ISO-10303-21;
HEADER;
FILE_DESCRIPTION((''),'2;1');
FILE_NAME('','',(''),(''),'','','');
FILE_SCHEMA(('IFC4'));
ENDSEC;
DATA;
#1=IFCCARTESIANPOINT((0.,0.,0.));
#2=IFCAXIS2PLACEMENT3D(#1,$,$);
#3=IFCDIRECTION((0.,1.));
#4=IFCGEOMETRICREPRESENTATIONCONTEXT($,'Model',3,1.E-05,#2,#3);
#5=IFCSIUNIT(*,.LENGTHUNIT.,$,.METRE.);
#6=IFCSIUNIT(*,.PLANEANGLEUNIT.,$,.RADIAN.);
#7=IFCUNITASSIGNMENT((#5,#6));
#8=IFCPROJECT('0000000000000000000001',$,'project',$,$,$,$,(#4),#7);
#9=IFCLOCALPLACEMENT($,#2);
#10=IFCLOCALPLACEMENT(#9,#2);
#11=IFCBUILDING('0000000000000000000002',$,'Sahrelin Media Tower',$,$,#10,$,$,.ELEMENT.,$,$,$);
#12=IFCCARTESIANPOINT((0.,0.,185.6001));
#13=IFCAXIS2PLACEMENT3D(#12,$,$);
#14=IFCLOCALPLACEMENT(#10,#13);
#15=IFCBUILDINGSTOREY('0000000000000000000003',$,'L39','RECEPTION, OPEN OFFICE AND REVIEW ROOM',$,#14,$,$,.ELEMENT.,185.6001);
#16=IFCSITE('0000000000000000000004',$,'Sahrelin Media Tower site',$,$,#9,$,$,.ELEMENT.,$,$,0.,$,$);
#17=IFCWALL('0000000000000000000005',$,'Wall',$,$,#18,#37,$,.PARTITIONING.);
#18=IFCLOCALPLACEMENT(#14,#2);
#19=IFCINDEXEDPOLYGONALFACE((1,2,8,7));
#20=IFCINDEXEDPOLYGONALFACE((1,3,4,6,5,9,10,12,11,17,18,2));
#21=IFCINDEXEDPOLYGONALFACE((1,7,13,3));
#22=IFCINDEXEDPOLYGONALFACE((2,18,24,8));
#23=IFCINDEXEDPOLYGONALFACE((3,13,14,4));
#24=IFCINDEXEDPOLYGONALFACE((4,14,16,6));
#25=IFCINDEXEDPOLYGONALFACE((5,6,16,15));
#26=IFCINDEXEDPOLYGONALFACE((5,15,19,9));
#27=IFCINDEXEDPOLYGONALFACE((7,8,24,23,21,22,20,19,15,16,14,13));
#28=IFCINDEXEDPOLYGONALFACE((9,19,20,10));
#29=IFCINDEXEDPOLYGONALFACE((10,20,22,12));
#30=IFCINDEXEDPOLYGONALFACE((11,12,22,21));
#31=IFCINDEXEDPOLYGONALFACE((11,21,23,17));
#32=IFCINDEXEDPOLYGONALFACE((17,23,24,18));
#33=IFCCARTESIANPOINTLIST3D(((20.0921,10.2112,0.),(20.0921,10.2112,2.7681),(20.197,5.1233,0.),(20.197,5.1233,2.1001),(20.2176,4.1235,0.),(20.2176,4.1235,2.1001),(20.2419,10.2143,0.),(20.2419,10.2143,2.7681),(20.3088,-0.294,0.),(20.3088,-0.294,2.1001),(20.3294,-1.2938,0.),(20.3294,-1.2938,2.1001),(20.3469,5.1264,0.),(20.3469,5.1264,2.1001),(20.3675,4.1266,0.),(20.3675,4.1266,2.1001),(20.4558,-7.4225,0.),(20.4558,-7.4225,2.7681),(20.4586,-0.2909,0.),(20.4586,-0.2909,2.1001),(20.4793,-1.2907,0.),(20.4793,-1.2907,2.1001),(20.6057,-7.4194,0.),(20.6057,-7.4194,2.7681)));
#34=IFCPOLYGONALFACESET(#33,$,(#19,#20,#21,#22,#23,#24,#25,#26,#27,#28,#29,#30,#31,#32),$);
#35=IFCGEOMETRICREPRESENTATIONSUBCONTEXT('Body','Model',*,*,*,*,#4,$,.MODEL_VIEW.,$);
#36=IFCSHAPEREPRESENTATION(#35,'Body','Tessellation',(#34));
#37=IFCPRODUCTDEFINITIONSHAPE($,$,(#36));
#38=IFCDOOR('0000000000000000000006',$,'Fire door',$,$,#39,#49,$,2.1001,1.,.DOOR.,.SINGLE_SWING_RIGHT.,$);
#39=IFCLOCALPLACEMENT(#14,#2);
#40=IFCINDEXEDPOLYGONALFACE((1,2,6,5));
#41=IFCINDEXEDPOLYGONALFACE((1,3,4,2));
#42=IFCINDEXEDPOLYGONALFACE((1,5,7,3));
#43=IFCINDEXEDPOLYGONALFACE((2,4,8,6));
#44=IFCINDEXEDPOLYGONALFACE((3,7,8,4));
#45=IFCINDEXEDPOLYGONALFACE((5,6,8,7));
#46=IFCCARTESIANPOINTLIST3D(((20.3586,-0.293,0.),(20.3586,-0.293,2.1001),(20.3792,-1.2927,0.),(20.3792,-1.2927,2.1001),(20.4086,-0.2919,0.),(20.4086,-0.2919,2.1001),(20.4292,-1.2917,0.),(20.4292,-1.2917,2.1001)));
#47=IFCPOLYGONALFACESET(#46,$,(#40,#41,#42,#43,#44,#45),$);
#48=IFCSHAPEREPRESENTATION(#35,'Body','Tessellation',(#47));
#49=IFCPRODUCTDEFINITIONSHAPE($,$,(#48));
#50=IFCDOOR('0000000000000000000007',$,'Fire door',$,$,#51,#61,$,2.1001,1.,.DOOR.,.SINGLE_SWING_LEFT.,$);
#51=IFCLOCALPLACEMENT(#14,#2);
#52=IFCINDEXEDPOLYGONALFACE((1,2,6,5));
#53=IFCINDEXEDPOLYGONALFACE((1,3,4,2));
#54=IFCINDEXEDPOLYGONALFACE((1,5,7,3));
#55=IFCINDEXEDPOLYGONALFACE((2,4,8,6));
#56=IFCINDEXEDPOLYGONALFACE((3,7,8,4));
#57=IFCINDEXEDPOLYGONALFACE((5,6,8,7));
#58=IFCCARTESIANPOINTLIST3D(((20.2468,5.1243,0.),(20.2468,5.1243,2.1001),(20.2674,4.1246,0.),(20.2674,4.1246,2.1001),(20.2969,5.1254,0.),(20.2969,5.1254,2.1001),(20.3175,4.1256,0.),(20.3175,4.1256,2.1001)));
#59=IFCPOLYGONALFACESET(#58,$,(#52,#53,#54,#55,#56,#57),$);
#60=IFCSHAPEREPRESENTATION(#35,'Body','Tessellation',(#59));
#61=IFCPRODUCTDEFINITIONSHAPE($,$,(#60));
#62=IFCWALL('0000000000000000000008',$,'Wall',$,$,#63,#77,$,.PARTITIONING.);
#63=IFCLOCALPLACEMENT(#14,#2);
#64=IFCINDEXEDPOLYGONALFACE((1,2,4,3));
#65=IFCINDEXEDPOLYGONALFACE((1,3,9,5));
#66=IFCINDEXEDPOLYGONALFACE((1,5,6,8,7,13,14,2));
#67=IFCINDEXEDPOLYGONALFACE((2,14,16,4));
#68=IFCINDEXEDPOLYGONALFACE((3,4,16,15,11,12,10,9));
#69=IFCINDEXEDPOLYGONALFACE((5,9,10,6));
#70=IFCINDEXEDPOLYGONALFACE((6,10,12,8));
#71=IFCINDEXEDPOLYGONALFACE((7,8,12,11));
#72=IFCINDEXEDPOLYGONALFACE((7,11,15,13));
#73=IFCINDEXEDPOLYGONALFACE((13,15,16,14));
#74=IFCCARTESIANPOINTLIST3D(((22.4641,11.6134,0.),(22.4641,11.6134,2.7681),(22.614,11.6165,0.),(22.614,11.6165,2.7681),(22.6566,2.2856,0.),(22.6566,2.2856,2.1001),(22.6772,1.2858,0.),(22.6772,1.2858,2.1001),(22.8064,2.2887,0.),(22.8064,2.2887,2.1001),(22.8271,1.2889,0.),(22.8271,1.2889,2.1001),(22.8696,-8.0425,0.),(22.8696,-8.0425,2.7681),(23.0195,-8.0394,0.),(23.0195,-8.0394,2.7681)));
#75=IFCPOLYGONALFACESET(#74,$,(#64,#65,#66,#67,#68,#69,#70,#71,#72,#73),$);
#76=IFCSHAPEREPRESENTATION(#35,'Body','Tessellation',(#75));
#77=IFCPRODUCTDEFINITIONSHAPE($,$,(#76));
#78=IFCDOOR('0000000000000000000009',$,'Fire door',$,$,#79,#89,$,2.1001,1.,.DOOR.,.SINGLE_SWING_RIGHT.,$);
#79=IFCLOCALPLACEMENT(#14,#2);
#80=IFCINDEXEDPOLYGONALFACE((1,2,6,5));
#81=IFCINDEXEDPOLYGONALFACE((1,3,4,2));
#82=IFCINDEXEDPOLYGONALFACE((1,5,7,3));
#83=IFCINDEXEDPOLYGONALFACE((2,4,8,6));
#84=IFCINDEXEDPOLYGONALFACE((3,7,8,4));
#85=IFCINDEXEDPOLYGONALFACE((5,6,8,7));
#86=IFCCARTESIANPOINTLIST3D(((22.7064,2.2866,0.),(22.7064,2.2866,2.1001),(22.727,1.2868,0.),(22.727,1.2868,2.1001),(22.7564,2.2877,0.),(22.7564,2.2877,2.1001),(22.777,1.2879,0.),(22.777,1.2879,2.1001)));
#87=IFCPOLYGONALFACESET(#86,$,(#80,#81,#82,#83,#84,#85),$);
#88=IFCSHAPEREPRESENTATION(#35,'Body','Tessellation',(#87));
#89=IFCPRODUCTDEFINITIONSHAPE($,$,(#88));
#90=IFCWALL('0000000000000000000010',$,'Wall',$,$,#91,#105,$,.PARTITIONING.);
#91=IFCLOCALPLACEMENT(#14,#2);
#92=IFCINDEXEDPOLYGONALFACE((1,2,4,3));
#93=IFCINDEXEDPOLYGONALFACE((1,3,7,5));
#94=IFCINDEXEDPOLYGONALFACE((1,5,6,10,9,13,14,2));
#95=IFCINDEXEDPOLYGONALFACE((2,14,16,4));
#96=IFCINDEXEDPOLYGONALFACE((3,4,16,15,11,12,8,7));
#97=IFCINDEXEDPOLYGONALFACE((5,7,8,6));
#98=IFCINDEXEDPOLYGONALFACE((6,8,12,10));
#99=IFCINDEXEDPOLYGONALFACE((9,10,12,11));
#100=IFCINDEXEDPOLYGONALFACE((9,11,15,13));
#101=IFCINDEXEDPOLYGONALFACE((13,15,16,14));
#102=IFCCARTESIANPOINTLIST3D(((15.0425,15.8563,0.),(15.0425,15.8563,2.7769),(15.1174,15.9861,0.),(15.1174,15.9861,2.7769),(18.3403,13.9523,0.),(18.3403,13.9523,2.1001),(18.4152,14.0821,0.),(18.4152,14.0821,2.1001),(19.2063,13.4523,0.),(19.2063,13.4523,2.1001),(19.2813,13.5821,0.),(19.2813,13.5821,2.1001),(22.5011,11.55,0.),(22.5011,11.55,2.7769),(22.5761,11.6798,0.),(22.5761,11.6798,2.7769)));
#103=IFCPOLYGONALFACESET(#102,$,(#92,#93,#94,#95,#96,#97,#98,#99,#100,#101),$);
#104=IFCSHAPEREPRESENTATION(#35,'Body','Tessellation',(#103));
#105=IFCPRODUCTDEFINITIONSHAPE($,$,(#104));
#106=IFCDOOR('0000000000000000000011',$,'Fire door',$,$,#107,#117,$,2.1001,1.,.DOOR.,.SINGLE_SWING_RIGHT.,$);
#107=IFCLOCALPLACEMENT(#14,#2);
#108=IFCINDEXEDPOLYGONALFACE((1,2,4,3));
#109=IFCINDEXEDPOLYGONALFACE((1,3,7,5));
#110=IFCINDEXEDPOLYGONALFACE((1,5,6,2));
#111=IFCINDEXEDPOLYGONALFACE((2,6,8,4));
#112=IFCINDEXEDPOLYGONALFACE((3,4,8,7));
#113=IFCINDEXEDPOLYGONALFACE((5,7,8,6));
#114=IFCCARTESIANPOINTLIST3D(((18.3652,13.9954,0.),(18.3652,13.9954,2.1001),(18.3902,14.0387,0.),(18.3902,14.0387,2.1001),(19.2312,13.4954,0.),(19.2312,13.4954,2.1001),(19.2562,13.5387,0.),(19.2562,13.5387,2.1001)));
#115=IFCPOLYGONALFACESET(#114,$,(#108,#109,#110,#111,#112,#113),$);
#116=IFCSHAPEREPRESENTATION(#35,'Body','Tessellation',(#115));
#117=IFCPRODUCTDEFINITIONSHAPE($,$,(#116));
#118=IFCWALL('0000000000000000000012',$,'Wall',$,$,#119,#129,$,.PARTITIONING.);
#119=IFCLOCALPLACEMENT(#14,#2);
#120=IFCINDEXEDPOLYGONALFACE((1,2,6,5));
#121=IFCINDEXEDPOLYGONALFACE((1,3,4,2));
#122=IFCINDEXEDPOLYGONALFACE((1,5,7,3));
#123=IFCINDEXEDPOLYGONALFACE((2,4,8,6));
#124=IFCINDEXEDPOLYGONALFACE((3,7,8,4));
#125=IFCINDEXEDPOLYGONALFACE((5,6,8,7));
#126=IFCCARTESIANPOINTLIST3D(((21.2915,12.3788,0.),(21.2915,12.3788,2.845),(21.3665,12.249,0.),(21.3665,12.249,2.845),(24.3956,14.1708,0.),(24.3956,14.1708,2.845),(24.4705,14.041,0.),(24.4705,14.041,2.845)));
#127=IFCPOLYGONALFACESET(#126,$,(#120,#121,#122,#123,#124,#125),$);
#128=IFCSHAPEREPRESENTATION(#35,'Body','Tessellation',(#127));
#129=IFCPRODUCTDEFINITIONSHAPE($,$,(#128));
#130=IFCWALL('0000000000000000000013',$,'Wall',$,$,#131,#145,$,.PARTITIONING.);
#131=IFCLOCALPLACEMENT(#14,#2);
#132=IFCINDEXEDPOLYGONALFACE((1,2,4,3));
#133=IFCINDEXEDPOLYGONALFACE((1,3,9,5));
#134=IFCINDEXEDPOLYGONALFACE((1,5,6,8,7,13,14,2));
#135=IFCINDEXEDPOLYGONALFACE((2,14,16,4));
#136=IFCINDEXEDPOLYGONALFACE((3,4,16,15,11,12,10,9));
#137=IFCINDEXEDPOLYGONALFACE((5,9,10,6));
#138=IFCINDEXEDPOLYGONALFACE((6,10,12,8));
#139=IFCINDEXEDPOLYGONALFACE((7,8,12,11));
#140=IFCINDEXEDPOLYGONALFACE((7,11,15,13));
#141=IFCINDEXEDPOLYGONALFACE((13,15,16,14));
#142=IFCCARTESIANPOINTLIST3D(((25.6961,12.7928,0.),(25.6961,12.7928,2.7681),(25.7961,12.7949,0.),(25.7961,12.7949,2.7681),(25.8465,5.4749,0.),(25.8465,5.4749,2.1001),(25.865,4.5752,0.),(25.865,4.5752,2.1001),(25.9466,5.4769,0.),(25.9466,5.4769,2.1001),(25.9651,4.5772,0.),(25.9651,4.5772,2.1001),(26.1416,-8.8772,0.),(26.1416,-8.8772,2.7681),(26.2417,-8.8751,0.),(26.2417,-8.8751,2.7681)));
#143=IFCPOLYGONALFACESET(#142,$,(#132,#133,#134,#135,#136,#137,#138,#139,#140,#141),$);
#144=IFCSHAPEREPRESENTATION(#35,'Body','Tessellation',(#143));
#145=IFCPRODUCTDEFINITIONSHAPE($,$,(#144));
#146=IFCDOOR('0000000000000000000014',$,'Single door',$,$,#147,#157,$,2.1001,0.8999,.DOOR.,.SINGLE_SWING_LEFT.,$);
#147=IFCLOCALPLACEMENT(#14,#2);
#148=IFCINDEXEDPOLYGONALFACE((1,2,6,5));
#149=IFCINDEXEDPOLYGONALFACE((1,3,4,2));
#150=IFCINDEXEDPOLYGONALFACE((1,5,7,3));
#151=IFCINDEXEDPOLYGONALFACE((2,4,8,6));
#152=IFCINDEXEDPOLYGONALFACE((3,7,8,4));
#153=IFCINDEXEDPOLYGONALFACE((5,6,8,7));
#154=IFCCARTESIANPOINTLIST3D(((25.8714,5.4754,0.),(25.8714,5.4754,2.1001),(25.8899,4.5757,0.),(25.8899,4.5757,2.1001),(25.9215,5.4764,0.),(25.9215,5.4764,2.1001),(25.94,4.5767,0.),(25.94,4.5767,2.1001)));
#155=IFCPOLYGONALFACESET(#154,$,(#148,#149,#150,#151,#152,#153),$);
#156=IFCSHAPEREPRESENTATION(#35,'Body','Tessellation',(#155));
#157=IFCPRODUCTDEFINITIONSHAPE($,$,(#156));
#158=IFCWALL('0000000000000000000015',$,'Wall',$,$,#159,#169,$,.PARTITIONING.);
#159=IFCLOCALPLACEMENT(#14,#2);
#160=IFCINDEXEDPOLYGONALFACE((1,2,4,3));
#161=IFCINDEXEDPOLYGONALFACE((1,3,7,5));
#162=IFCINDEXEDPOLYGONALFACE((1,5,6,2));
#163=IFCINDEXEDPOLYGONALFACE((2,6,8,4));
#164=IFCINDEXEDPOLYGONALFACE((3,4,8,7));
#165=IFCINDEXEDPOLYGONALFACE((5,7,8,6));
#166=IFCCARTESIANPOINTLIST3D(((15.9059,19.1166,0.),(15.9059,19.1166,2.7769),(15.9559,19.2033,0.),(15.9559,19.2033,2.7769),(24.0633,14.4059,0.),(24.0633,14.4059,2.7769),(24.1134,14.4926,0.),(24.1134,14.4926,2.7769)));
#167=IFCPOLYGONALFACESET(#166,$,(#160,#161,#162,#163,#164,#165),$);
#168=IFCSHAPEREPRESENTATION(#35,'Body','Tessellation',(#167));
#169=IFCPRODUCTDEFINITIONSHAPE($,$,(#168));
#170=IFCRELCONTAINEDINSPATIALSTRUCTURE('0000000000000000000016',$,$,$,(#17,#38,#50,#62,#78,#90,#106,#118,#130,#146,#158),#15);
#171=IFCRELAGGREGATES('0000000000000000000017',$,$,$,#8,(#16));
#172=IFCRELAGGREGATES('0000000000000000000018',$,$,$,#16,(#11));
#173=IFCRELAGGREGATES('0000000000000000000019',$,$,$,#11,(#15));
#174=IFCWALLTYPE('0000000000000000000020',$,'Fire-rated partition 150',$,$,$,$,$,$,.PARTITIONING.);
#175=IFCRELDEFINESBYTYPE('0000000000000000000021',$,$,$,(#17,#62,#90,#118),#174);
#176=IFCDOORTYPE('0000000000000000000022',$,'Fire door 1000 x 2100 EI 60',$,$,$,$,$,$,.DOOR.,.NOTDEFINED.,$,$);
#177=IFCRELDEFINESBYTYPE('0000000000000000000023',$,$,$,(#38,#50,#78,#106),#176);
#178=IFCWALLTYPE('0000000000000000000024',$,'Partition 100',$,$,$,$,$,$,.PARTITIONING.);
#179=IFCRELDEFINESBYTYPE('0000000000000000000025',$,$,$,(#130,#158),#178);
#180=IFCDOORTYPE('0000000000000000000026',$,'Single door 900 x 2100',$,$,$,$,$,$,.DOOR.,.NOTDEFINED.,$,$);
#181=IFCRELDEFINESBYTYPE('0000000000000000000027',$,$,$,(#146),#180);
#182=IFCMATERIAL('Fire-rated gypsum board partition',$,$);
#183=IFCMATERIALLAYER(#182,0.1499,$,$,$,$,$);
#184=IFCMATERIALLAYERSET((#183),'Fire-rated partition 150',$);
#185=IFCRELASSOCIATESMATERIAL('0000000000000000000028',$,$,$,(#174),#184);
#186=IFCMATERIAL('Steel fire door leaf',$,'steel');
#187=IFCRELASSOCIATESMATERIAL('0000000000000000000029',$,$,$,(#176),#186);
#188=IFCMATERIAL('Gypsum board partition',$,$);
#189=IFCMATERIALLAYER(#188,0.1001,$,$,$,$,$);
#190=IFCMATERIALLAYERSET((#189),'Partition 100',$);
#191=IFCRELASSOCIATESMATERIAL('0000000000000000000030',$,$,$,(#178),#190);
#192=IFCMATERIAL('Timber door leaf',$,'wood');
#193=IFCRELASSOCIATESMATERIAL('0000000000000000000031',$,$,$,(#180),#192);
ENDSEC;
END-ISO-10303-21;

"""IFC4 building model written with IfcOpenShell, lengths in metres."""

from ifc_helpers import new_model, si_unit, direction, frame, frame_2d, origin, place, context, subcontext, project, spatial, rectangle, extrude, material, layer, layer_set, type_object, element, fill, save


model = new_model("IFC4")

# Units and contexts
model_context = context("Model", 3, precision=1e-05, world=origin(), true_north=direction((0.0, 1.0)))
body_context = subcontext(model_context, "Body", "Model", "MODEL_VIEW")
ifc_project = project(units=[si_unit("LENGTHUNIT", "METRE"), si_unit("PLANEANGLEUNIT", "RADIAN")], contexts=[model_context])

# Site, building, storey
site_placement = place(None, origin())
site = spatial("IfcSite", under=ifc_project, at=site_placement, Name="Sahrelin Media Tower site", CompositionType="ELEMENT", RefElevation=0.0)
building_placement = place(site_placement, origin())
building = spatial("IfcBuilding", under=site, at=building_placement, Name="Sahrelin Media Tower", CompositionType="ELEMENT")
storey_placement = place(building_placement, frame((0.0, 0.0, 185.6001)))
storey = spatial("IfcBuildingStorey", under=building, at=storey_placement, Name="L39", Description="RECEPTION, OPEN OFFICE AND REVIEW ROOM", CompositionType="ELEMENT", Elevation=185.6001)

# Wall, openings, doors
ifc_material_1 = material(Name="Fire-rated gypsum board partition")
ifc_layer_1 = layer(ifc_material_1, 0.1499)
ifc_layer_set_1 = layer_set([ifc_layer_1], Name="Fire-rated partition 150")
wall_type_1 = type_object("IfcWallType", Name="Fire-rated partition 150", PredefinedType="PARTITIONING", material=ifc_layer_set_1)
wall_1_placement = place(storey_placement, frame((20.167, 10.2129, 0.0), z_axis=(0.0, 0.0, 1.0), x_axis=(0.020625, -0.999787, 0.0)))
wall_1 = element("IfcWall", 1, at=wall_1_placement, inside=storey, type_object=wall_type_1, Name="Wall", PredefinedType="PARTITIONING", context=body_context, shape_type="SweptSolid", body=[
    extrude(rectangle(XDim=17.6375, YDim=0.1499, at=frame_2d((8.8188, 0.0))), origin(), (0.0, 0.0, 1.0), 2.7681),
])
opening_1_placement = place(wall_1_placement, frame((10.5076, 0.0, 0.0)))
opening_1 = element("IfcOpeningElement", 2, at=opening_1_placement, cuts=wall_1, PredefinedType="OPENING", context=body_context, shape_type="SweptSolid", body=[
    extrude(rectangle(XDim=1.0, YDim=2.1001, at=frame_2d((0.5, 1.05))), frame((0.0, 0.075, 0.0), z_axis=(0.0, -1.0, 0.0), x_axis=(1.0, 0.0, 0.0)), (0.0, 0.0, 1.0), 0.1499),
])
opening_2_placement = place(wall_1_placement, frame((5.0891, 0.0, 0.0)))
opening_2 = element("IfcOpeningElement", 3, at=opening_2_placement, cuts=wall_1, PredefinedType="OPENING", context=body_context, shape_type="SweptSolid", body=[
    extrude(rectangle(XDim=1.0, YDim=2.1001, at=frame_2d((0.5, 1.05))), frame((0.0, 0.075, 0.0), z_axis=(0.0, -1.0, 0.0), x_axis=(1.0, 0.0, 0.0)), (0.0, 0.0, 1.0), 0.1499),
])
ifc_material_2 = material(Name="Steel fire door leaf", Category="steel")
door_type_1 = type_object("IfcDoorType", Name="Fire door 1000 x 2100 EI 60", OperationType="NOTDEFINED", PredefinedType="DOOR", material=ifc_material_2)
door_1_placement = place(opening_1_placement, origin())
door_1 = element("IfcDoor", 4, at=door_1_placement, inside=storey, type_object=door_type_1, Name="Fire door", OperationType="SINGLE_SWING_RIGHT", OverallHeight=2.1001, OverallWidth=1.0, PredefinedType="DOOR", context=body_context, shape_type="SweptSolid", body=[
    extrude(rectangle(XDim=1.0, YDim=2.1001, at=frame_2d((0.5, 1.05))), frame((0.0, 0.0249, 0.0), z_axis=(0.0, -1.0, 0.0), x_axis=(1.0, 0.0, 0.0)), (0.0, 0.0, 1.0), 0.05),
])
fill(opening_1, door_1)
door_2_placement = place(opening_2_placement, origin())
door_2 = element("IfcDoor", 5, at=door_2_placement, inside=storey, type_object=door_type_1, Name="Fire door", OperationType="SINGLE_SWING_LEFT", OverallHeight=2.1001, OverallWidth=1.0, PredefinedType="DOOR", context=body_context, shape_type="SweptSolid", body=[
    extrude(rectangle(XDim=1.0, YDim=2.1001, at=frame_2d((0.5, 1.05))), frame((0.0, 0.0249, 0.0), z_axis=(0.0, -1.0, 0.0), x_axis=(1.0, 0.0, 0.0)), (0.0, 0.0, 1.0), 0.05),
])
fill(opening_2, door_2)

# Walls, openings, doors
wall_2_placement = place(storey_placement, frame((22.5391, 11.615, 0.0), z_axis=(0.0, 0.0, 1.0), x_axis=(0.020626, -0.999787, 0.0)))
wall_2 = element("IfcWall", 6, at=wall_2_placement, inside=storey, type_object=wall_type_1, Name="Wall", PredefinedType="PARTITIONING", context=body_context, shape_type="SweptSolid", body=[
    extrude(rectangle(XDim=19.6602, YDim=0.1499, at=frame_2d((9.8301, 0.0))), origin(), (0.0, 0.0, 1.0), 2.7681),
])
opening_3_placement = place(wall_2_placement, frame((9.3298, 0.0, 0.0)))
opening_3 = element("IfcOpeningElement", 7, at=opening_3_placement, cuts=wall_2, PredefinedType="OPENING", context=body_context, shape_type="SweptSolid", body=[
    extrude(rectangle(XDim=1.0, YDim=2.1001, at=frame_2d((0.5, 1.05))), frame((0.0, 0.075, 0.0), z_axis=(0.0, -1.0, 0.0), x_axis=(1.0, 0.0, 0.0)), (0.0, 0.0, 1.0), 0.1499),
])
door_3_placement = place(opening_3_placement, origin())
door_3 = element("IfcDoor", 8, at=door_3_placement, inside=storey, type_object=door_type_1, Name="Fire door", OperationType="SINGLE_SWING_RIGHT", OverallHeight=2.1001, OverallWidth=1.0, PredefinedType="DOOR", context=body_context, shape_type="SweptSolid", body=[
    extrude(rectangle(XDim=1.0, YDim=2.1001, at=frame_2d((0.5, 1.05))), frame((0.0, 0.0249, 0.0), z_axis=(0.0, -1.0, 0.0), x_axis=(1.0, 0.0, 0.0)), (0.0, 0.0, 1.0), 0.05),
])
fill(opening_3, door_3)
wall_3_placement = place(storey_placement, frame((15.0801, 15.9211, 0.0), z_axis=(0.0, 0.0, 1.0), x_axis=(0.866021, -0.500008, 0.0)))
wall_3 = element("IfcWall", 9, at=wall_3_placement, inside=storey, type_object=wall_type_1, Name="Wall", PredefinedType="PARTITIONING", context=body_context, shape_type="SweptSolid", body=[
    extrude(rectangle(XDim=8.6125, YDim=0.1499, at=frame_2d((4.3062, 0.0))), origin(), (0.0, 0.0, 1.0), 2.7769),
])
opening_4_placement = place(wall_3_placement, frame((3.8079, 0.0, 0.0)))
opening_4 = element("IfcOpeningElement", 10, at=opening_4_placement, cuts=wall_3, PredefinedType="OPENING", context=body_context, shape_type="SweptSolid", body=[
    extrude(rectangle(XDim=1.0, YDim=2.1001, at=frame_2d((0.5, 1.05))), frame((0.0, 0.075, 0.0), z_axis=(0.0, -1.0, 0.0), x_axis=(1.0, 0.0, 0.0)), (0.0, 0.0, 1.0), 0.1499),
])
door_4_placement = place(opening_4_placement, origin())
door_4 = element("IfcDoor", 11, at=door_4_placement, inside=storey, type_object=door_type_1, Name="Fire door", OperationType="SINGLE_SWING_RIGHT", OverallHeight=2.1001, OverallWidth=1.0, PredefinedType="DOOR", context=body_context, shape_type="SweptSolid", body=[
    extrude(rectangle(XDim=1.0, YDim=2.1001, at=frame_2d((0.5, 1.05))), frame((0.0, 0.0249, 0.0), z_axis=(0.0, -1.0, 0.0), x_axis=(1.0, 0.0, 0.0)), (0.0, 0.0, 1.0), 0.05),
])
fill(opening_4, door_4)

# Wall
wall_4_placement = place(storey_placement, frame((21.3291, 12.314, 0.0), z_axis=(0.0, 0.0, 1.0), x_axis=(0.866038, 0.499978, 0.0)))
element("IfcWall", 12, at=wall_4_placement, inside=storey, type_object=wall_type_1, Name="Wall", PredefinedType="PARTITIONING", context=body_context, shape_type="SweptSolid", body=[
    extrude(rectangle(XDim=3.5842, YDim=0.1499, at=frame_2d((1.792, 0.0))), origin(), (0.0, 0.0, 1.0), 2.845),
])

# Wall, opening, door
ifc_material_3 = material(Name="Gypsum board partition")
ifc_layer_2 = layer(ifc_material_3, 0.1001)
ifc_layer_set_2 = layer_set([ifc_layer_2], Name="Partition 100")
wall_type_2 = type_object("IfcWallType", Name="Partition 100", PredefinedType="PARTITIONING", material=ifc_layer_set_2)
wall_5_placement = place(storey_placement, frame((25.7461, 12.7939, 0.0), z_axis=(0.0, 0.0, 1.0), x_axis=(0.020557, -0.999789, 0.0)))
wall_5 = element("IfcWall", 13, at=wall_5_placement, inside=storey, type_object=wall_type_2, Name="Wall", PredefinedType="PARTITIONING", context=body_context, shape_type="SweptSolid", body=[
    extrude(rectangle(XDim=21.6746, YDim=0.1001, at=frame_2d((10.8374, 0.0))), origin(), (0.0, 0.0, 1.0), 2.7681),
])
opening_5_placement = place(wall_5_placement, frame((7.3196, 0.0, 0.0)))
opening_5 = element("IfcOpeningElement", 14, at=opening_5_placement, cuts=wall_5, PredefinedType="OPENING", context=body_context, shape_type="SweptSolid", body=[
    extrude(rectangle(XDim=0.8999, YDim=2.1001, at=frame_2d((0.45, 1.05))), frame((0.0, 0.05, 0.0), z_axis=(0.0, -1.0, 0.0), x_axis=(1.0, 0.0, 0.0)), (0.0, 0.0, 1.0), 0.1001),
])
ifc_material_4 = material(Name="Timber door leaf", Category="wood")
door_type_2 = type_object("IfcDoorType", Name="Single door 900 x 2100", OperationType="NOTDEFINED", PredefinedType="DOOR", material=ifc_material_4)
door_5_placement = place(opening_5_placement, origin())
door_5 = element("IfcDoor", 15, at=door_5_placement, inside=storey, type_object=door_type_2, Name="Single door", OperationType="SINGLE_SWING_LEFT", OverallHeight=2.1001, OverallWidth=0.8999, PredefinedType="DOOR", context=body_context, shape_type="SweptSolid", body=[
    extrude(rectangle(XDim=0.8999, YDim=2.1001, at=frame_2d((0.45, 1.05))), frame((0.0, 0.0249, 0.0), z_axis=(0.0, -1.0, 0.0), x_axis=(1.0, 0.0, 0.0)), (0.0, 0.0, 1.0), 0.05),
])
fill(opening_5, door_5)

# Wall
wall_6_placement = place(storey_placement, frame((15.9309, 19.1599, 0.0), z_axis=(0.0, 0.0, 1.0), x_axis=(0.865981, -0.500078, 0.0)))
element("IfcWall", 16, at=wall_6_placement, inside=storey, type_object=wall_type_2, Name="Wall", PredefinedType="PARTITIONING", context=body_context, shape_type="SweptSolid", body=[
    extrude(rectangle(XDim=9.4199, YDim=0.1001, at=frame_2d((4.71, 0.0))), origin(), (0.0, 0.0, 1.0), 2.7769),
])

save(model, "model.ifc")
